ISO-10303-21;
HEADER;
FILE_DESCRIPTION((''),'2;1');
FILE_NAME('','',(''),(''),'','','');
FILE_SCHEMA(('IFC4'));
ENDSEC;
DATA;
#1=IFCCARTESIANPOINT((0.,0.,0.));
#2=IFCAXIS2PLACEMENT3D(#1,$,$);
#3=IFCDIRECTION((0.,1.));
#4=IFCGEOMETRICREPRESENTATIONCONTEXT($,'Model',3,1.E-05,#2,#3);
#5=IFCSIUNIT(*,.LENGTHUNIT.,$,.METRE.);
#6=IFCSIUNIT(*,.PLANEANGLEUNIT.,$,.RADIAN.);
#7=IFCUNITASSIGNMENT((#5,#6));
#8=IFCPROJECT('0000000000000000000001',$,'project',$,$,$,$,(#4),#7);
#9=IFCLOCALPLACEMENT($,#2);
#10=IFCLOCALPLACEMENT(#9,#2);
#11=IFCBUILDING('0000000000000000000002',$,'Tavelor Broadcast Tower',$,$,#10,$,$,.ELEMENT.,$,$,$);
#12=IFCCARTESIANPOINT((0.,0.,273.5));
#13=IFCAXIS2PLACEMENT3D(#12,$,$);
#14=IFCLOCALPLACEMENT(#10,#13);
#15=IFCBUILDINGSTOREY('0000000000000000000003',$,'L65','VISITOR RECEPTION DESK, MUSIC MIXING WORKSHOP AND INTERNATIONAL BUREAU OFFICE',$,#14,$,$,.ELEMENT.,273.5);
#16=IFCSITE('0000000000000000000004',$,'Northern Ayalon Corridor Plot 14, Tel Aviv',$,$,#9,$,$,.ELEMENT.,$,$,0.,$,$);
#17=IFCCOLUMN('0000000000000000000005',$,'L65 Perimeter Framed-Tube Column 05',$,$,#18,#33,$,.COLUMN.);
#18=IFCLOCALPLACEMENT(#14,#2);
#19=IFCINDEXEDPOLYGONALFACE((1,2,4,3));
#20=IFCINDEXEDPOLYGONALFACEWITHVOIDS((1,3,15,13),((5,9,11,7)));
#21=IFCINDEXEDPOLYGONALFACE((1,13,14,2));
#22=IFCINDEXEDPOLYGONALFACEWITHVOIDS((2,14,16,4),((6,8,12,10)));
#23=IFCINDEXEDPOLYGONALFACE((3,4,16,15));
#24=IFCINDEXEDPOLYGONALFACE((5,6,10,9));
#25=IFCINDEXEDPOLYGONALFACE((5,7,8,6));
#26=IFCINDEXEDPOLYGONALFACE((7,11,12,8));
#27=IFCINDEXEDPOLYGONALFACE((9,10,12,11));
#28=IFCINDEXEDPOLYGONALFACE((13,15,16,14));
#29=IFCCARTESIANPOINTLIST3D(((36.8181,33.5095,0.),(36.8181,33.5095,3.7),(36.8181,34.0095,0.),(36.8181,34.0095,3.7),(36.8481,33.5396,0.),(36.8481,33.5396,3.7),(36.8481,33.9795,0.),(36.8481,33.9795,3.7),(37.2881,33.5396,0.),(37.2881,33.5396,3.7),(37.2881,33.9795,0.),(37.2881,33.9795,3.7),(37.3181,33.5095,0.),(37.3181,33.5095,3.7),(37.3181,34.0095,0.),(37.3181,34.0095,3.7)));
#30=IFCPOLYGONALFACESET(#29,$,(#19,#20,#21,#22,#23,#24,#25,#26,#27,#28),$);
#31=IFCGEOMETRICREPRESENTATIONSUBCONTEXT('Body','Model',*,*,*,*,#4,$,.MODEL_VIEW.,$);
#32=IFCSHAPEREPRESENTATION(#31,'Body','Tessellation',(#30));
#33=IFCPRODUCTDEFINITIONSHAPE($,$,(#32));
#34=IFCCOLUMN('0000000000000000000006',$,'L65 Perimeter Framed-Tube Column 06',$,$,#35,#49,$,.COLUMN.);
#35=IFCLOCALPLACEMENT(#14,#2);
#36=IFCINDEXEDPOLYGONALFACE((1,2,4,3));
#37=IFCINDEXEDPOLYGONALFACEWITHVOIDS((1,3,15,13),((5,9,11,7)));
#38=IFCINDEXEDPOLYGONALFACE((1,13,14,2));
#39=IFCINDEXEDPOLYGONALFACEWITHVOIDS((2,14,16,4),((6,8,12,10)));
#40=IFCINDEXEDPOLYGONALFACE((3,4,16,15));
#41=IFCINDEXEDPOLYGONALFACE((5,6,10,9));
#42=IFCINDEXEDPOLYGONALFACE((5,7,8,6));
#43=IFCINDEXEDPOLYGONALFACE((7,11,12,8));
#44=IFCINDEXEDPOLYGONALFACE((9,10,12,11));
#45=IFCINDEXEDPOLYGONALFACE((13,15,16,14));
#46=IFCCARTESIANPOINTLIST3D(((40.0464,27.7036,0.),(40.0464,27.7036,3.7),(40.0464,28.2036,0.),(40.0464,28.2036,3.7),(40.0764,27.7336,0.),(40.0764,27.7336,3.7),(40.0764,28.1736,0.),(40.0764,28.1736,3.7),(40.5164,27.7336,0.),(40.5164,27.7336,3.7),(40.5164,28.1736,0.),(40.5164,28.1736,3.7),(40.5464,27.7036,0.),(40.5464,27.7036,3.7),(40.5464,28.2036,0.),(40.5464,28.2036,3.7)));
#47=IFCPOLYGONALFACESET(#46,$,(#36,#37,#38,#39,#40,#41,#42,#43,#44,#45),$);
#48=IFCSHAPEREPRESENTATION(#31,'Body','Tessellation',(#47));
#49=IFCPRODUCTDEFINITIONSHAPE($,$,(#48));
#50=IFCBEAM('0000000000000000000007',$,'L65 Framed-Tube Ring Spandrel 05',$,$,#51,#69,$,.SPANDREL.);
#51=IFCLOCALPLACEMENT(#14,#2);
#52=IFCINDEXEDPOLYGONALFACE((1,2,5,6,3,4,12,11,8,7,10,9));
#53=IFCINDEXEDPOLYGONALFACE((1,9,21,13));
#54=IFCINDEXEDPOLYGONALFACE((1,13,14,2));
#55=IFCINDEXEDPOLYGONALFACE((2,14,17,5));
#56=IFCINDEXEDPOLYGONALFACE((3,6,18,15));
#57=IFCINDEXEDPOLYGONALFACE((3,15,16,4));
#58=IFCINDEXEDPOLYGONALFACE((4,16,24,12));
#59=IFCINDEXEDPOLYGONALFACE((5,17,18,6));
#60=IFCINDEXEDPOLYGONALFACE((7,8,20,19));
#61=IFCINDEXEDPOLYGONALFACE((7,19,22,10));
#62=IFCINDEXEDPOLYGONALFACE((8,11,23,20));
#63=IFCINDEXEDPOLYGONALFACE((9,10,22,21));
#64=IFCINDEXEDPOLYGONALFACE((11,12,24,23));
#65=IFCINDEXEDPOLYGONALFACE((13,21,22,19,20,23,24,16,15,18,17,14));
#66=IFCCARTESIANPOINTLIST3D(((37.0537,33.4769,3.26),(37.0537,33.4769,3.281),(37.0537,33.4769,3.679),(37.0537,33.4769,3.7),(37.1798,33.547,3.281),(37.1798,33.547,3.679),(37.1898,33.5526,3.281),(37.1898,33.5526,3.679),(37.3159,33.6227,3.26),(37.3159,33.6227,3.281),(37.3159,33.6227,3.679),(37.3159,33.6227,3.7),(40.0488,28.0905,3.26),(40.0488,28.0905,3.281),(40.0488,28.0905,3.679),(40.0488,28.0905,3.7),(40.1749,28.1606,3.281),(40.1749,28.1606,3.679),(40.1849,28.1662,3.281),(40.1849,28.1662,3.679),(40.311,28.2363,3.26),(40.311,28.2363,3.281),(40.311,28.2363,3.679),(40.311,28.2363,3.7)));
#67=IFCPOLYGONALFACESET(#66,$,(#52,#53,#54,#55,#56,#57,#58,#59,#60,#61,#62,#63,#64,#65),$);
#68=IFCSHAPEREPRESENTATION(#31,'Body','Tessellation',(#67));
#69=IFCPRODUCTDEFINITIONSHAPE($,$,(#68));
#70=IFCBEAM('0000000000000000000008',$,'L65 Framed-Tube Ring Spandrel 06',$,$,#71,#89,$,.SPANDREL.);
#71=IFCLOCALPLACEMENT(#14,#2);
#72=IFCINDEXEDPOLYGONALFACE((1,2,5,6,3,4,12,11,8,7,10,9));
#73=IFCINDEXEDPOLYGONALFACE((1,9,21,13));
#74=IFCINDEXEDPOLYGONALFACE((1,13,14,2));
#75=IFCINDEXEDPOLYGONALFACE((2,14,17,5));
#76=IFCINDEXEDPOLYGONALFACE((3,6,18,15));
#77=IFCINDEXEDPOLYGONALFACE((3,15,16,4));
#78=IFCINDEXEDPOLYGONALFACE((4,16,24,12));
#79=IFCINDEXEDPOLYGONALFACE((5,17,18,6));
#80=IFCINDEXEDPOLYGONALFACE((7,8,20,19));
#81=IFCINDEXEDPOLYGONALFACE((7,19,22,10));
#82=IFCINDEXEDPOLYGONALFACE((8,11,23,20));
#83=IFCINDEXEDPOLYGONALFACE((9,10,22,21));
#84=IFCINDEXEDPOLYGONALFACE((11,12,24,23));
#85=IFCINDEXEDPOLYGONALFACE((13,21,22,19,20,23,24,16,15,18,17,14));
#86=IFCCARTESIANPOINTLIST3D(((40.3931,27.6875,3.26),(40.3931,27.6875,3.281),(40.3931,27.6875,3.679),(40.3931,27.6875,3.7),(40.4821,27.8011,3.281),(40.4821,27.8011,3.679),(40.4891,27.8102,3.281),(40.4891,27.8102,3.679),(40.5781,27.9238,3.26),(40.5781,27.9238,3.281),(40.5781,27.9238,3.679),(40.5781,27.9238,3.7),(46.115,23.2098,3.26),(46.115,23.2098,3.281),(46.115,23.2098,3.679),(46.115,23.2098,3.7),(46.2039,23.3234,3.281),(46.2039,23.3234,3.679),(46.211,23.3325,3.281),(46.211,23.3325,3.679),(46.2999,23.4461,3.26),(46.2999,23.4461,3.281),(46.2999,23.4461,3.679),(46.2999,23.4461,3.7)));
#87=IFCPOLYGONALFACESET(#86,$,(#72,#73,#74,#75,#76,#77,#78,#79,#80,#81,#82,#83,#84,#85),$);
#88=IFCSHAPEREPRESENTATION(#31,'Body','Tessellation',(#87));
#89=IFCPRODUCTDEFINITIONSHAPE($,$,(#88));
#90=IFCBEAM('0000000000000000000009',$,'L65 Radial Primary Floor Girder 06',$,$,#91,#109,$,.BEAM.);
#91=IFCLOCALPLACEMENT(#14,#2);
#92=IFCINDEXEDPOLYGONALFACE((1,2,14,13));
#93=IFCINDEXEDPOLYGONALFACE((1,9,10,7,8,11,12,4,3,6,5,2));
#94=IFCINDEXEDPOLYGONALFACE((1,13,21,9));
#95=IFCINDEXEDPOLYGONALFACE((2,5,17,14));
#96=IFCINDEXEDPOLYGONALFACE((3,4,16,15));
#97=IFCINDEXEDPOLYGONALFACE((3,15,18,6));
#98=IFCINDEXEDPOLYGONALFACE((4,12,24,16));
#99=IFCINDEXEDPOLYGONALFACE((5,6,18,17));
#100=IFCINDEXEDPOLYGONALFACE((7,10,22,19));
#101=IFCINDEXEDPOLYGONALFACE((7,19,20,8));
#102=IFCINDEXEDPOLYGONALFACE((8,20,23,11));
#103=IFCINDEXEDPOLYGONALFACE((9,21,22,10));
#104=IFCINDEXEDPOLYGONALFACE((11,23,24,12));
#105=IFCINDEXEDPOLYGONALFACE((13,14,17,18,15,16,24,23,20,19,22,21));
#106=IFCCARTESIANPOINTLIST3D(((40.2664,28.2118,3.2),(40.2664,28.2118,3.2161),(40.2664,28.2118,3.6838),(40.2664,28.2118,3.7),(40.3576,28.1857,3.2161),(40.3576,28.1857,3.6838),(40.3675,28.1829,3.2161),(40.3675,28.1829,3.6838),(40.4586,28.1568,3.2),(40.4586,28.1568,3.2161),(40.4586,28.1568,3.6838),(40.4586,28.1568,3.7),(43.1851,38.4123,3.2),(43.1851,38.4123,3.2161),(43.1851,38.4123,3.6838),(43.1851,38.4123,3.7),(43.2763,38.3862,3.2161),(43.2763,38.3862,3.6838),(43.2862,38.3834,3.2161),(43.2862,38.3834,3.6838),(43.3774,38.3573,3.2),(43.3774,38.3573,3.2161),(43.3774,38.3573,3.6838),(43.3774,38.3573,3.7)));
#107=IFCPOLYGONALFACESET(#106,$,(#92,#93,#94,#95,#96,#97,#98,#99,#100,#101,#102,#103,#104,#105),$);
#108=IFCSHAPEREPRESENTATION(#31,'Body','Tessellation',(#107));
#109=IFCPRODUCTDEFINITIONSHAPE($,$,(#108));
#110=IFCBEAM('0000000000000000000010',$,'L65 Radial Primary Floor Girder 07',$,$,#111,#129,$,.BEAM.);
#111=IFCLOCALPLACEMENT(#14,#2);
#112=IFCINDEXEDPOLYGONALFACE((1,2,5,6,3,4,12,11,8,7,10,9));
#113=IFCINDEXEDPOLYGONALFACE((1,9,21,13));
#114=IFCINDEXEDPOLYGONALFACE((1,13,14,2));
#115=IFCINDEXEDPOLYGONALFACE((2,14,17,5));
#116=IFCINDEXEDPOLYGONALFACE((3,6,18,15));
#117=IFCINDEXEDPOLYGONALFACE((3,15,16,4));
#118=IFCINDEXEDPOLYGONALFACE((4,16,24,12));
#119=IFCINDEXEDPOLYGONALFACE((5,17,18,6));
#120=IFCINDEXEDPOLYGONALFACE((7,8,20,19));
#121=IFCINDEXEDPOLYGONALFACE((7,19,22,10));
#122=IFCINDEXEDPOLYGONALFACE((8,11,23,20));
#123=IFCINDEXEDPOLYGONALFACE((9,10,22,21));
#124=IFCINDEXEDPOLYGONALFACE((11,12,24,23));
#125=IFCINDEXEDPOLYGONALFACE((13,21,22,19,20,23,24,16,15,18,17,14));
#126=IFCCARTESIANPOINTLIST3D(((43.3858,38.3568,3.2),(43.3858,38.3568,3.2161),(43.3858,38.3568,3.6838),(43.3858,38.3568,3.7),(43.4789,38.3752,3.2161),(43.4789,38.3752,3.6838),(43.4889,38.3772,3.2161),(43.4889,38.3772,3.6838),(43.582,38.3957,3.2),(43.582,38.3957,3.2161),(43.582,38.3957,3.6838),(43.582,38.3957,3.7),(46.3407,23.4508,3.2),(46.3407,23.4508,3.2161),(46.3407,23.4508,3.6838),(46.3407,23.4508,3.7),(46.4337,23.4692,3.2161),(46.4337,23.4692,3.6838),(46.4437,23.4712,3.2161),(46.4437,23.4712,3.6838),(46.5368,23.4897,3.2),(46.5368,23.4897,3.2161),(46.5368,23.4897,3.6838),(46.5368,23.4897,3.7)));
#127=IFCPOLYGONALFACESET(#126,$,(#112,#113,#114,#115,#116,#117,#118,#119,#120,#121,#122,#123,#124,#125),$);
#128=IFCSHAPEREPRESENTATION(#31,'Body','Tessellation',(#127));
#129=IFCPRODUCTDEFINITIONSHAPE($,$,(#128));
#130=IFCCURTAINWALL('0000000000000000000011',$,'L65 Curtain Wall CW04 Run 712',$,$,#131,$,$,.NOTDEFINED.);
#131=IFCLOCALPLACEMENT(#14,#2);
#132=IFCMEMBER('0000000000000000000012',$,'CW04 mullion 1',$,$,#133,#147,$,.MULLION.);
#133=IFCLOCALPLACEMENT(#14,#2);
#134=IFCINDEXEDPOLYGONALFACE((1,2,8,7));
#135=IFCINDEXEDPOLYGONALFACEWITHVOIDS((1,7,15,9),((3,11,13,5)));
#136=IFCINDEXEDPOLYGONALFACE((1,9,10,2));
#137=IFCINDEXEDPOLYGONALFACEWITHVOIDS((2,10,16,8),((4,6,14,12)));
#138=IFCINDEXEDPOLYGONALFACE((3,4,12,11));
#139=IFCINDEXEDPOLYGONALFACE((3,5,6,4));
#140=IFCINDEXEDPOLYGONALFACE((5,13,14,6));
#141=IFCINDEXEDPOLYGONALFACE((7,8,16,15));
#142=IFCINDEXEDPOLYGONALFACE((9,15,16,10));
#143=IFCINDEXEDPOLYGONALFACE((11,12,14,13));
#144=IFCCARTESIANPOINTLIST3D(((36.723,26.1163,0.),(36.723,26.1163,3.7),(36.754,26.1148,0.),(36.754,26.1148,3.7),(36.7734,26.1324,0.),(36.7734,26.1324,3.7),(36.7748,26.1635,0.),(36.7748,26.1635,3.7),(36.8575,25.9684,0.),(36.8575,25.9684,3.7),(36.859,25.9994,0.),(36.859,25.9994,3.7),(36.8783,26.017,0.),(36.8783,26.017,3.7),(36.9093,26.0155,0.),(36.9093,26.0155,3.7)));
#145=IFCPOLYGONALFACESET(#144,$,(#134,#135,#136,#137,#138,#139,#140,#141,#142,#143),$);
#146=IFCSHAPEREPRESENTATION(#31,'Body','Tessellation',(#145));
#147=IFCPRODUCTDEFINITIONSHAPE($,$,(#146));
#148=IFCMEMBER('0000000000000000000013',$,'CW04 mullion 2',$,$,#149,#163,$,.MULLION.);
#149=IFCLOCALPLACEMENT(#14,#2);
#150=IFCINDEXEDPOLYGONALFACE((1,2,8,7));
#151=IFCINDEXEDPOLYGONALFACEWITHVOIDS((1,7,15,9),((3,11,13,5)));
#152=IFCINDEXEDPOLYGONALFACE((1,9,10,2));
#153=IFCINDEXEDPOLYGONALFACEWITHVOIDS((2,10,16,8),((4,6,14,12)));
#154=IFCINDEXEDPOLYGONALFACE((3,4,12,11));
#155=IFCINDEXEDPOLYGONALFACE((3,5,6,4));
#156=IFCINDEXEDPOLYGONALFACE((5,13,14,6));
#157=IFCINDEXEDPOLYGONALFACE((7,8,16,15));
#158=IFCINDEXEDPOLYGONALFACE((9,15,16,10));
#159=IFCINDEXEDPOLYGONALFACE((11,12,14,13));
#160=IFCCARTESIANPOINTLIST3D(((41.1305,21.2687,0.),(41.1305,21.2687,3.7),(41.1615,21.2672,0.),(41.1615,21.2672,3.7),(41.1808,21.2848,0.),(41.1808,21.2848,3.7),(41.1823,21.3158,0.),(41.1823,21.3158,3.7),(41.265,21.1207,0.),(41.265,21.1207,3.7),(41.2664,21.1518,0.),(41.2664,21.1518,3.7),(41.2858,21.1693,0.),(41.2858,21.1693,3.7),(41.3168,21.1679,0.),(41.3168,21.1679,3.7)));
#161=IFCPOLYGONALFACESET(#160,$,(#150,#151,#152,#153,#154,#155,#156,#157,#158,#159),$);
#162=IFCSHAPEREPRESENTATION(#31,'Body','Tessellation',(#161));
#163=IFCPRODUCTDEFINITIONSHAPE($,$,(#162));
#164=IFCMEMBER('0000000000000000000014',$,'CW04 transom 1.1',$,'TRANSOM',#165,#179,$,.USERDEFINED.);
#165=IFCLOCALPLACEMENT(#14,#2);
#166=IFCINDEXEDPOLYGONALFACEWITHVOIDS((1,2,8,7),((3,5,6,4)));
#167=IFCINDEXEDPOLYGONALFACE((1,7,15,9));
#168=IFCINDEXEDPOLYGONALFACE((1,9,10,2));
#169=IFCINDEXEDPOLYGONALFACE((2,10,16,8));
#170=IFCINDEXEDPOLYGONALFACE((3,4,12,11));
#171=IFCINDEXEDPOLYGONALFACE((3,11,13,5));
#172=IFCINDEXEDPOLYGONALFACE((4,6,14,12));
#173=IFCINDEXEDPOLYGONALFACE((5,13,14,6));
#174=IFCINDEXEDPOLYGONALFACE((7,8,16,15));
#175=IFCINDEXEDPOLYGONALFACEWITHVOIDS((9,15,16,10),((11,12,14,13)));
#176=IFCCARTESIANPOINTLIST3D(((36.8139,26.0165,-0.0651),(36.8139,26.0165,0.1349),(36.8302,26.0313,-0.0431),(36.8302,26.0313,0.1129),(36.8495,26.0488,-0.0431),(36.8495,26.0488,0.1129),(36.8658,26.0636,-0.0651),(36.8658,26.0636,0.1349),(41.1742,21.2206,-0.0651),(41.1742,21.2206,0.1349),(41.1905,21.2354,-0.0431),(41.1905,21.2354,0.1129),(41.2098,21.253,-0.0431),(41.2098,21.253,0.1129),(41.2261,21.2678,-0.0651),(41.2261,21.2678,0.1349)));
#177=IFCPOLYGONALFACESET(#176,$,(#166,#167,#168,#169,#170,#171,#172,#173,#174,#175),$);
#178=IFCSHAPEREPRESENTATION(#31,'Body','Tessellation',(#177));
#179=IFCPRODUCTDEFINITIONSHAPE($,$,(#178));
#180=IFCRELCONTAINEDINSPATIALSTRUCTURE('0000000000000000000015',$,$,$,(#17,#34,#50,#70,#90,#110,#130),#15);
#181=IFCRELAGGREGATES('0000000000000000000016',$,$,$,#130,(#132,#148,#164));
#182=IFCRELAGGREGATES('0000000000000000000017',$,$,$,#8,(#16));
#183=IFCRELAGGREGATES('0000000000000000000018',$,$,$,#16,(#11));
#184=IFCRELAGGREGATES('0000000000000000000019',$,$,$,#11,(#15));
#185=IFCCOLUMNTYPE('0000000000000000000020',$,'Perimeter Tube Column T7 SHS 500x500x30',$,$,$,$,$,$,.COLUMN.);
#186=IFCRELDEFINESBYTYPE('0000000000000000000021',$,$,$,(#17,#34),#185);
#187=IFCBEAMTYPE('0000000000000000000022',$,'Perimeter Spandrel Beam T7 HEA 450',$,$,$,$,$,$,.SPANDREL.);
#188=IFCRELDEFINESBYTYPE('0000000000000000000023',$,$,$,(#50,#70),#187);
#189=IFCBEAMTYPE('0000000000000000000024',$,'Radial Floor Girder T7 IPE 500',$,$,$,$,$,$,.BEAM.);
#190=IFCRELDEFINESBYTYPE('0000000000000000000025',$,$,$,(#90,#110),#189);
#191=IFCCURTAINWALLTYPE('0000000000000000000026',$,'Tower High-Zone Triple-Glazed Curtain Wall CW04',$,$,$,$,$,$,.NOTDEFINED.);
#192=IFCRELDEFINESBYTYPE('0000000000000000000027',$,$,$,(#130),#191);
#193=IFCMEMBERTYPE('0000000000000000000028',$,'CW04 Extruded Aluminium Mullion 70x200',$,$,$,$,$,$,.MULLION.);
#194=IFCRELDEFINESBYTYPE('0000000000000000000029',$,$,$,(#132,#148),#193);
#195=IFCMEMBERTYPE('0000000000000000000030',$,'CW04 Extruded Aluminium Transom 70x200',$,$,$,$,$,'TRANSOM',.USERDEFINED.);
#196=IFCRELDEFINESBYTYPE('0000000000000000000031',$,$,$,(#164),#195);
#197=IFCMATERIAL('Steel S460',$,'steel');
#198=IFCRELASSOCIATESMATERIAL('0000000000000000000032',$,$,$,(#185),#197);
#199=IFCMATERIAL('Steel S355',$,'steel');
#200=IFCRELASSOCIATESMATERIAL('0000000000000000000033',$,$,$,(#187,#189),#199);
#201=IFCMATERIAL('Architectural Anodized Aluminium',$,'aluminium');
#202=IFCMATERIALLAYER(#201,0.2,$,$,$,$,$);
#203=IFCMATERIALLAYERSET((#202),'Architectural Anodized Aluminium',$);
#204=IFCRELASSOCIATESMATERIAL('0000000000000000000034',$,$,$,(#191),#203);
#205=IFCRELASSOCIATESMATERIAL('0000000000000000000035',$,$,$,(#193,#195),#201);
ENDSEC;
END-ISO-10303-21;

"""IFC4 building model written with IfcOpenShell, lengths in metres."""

from ifc_helpers import new_model, si_unit, direction, frame, origin, origin_2d, place, context, subcontext, project, spatial, hollow_rectangle, i_section, extrude, source, transform, mapped, material, layer, layer_set, material_profile, profile_set, type_object, type_shapes, element, aggregate, save


model = new_model("IFC4")

# Units and contexts
model_context = context("Model", 3, precision=1e-05, world=origin(), true_north=direction((0.0, 1.0)))
body_context = subcontext(model_context, "Body", "Model", "MODEL_VIEW")
ifc_project = project(units=[si_unit("LENGTHUNIT", "METRE"), si_unit("PLANEANGLEUNIT", "RADIAN")], contexts=[model_context])

# Site, building, storey
site_placement = place(None, origin())
site = spatial("IfcSite", under=ifc_project, at=site_placement, Name="Northern Ayalon Corridor Plot 14, Tel Aviv", CompositionType="ELEMENT", RefElevation=0.0)
building_placement = place(site_placement, origin())
building = spatial("IfcBuilding", under=site, at=building_placement, Name="Tavelor Broadcast Tower", CompositionType="ELEMENT")
storey_placement = place(building_placement, frame((0.0, 0.0, 273.5)))
storey = spatial("IfcBuildingStorey", under=building, at=storey_placement, Name="L65", Description="VISITOR RECEPTION DESK, MUSIC MIXING WORKSHOP AND INTERNATIONAL BUREAU OFFICE", CompositionType="ELEMENT", Elevation=273.5)

# Columns
ifc_material_1 = material(Name="Steel S460", Category="steel")
ifc_material_profile_1 = material_profile(ifc_material_1, hollow_rectangle(XDim=0.5, YDim=0.5, WallThickness=0.03, at=origin_2d()), Name="SHS 500x500x30")
ifc_profile_set_1 = profile_set([ifc_material_profile_1], Name="Steel S460")
column_type = type_object("IfcColumnType", Name="Perimeter Tube Column T7 SHS 500x500x30", PredefinedType="COLUMN", material=ifc_profile_set_1)
for number, where, z_axis, x_axis, name in (
    (1, (37.0681, 33.7595, 0.0), (0.0, 0.0, 1.0), (1.0, 0.0, 0.0), "L65 Perimeter Framed-Tube Column 05"),
    (2, (40.2964, 27.9536, 0.0), (0.0, 0.0, 1.0), (1.0, 0.0, 0.0), "L65 Perimeter Framed-Tube Column 06"),
):
    element("IfcColumn", number, at=place(storey_placement, frame(where, z_axis=z_axis, x_axis=x_axis)), inside=storey, type_object=column_type, Name=name, PredefinedType="COLUMN", context=body_context, shape_type="SweptSolid", body=[
        extrude(hollow_rectangle(XDim=0.5, YDim=0.5, WallThickness=0.03, at=origin_2d()), origin(), (0.0, 0.0, 1.0), 3.7),
    ])

# Beams
ifc_material_2 = material(Name="Steel S355", Category="steel")
ifc_material_profile_2 = material_profile(ifc_material_2, i_section(OverallWidth=0.3, OverallDepth=0.4399, WebThickness=0.0115, FlangeThickness=0.021, at=origin_2d()), Name="HEA 450")
ifc_profile_set_2 = profile_set([ifc_material_profile_2], Name="Steel S355")
beam_type_1 = type_object("IfcBeamType", Name="Perimeter Spandrel Beam T7 HEA 450", PredefinedType="SPANDREL", material=ifc_profile_set_2)
beam_1_placement = place(storey_placement, frame((37.1848, 33.5498, 3.48), z_axis=(0.485969, -0.873976, 0.0), x_axis=(0.873976, 0.485969, 0.0)))
element("IfcBeam", 3, at=beam_1_placement, inside=storey, type_object=beam_type_1, Name="L65 Framed-Tube Ring Spandrel 05", PredefinedType="SPANDREL", context=body_context, shape_type="SweptSolid", body=[
    extrude(i_section(OverallWidth=0.3, OverallDepth=0.4399, WebThickness=0.0115, FlangeThickness=0.021, at=origin_2d()), origin(), (0.0, 0.0, 1.0), 6.1631),
])
beam_2_placement = place(storey_placement, frame((40.4856, 27.8057, 3.48), z_axis=(0.787521, -0.616287, 0.0), x_axis=(0.616287, 0.787521, 0.0)))
element("IfcBeam", 4, at=beam_2_placement, inside=storey, type_object=beam_type_1, Name="L65 Framed-Tube Ring Spandrel 06", PredefinedType="SPANDREL", context=body_context, shape_type="SweptSolid", body=[
    extrude(i_section(OverallWidth=0.3, OverallDepth=0.4399, WebThickness=0.0115, FlangeThickness=0.021, at=origin_2d()), origin(), (0.0, 0.0, 1.0), 7.2656),
])
ifc_material_profile_3 = material_profile(ifc_material_2, i_section(OverallWidth=0.2, OverallDepth=0.5, WebThickness=0.0103, FlangeThickness=0.0161, at=origin_2d()), Name="IPE 500")
ifc_profile_set_3 = profile_set([ifc_material_profile_3], Name="Steel S355")
beam_type_2 = type_object("IfcBeamType", Name="Radial Floor Girder T7 IPE 500", PredefinedType="BEAM", material=ifc_profile_set_3)
beam_3_placement = place(storey_placement, frame((43.2812, 38.3848, 3.45), z_axis=(-0.275095, -0.961417, 0.0), x_axis=(0.961417, -0.275095, 0.0)))
element("IfcBeam", 5, at=beam_3_placement, inside=storey, type_object=beam_type_2, Name="L65 Radial Primary Floor Girder 06", PredefinedType="BEAM", context=body_context, shape_type="SweptSolid", body=[
    extrude(i_section(OverallWidth=0.2, OverallDepth=0.5, WebThickness=0.0103, FlangeThickness=0.0161, at=origin_2d()), origin(), (0.0, 0.0, 1.0), 10.6099),
])
beam_4_placement = place(storey_placement, frame((43.4839, 38.3762, 3.45), z_axis=(0.194447, -0.980913, 0.0), x_axis=(0.980913, 0.194447, 0.0)))
element("IfcBeam", 6, at=beam_4_placement, inside=storey, type_object=beam_type_2, Name="L65 Radial Primary Floor Girder 07", PredefinedType="BEAM", context=body_context, shape_type="SweptSolid", body=[
    extrude(i_section(OverallWidth=0.2, OverallDepth=0.5, WebThickness=0.0103, FlangeThickness=0.0161, at=origin_2d()), origin(), (0.0, 0.0, 1.0), 15.196),
])

# Curtain wall, members
ifc_material_3 = material(Name="Architectural Anodized Aluminium", Category="aluminium")
ifc_layer_1 = layer(ifc_material_3, 0.2)
ifc_layer_set_1 = layer_set([ifc_layer_1], Name="Architectural Anodized Aluminium")
curtain_wall_type = type_object("IfcCurtainWallType", Name="Tower High-Zone Triple-Glazed Curtain Wall CW04", PredefinedType="NOTDEFINED", material=ifc_layer_set_1)
curtain_wall_placement = place(storey_placement, origin())
curtain_wall = element("IfcCurtainWall", 7, at=curtain_wall_placement, inside=storey, type_object=curtain_wall_type, Name="L65 Curtain Wall CW04 Run 712", PredefinedType="NOTDEFINED")
ifc_material_profile_4 = material_profile(ifc_material_3, hollow_rectangle(XDim=0.0701, YDim=0.2, WallThickness=0.022, at=origin_2d()), Name="RHS 70x200x22")
ifc_profile_set_4 = profile_set([ifc_material_profile_4], Name="Architectural Anodized Aluminium")
member_type_1 = type_object("IfcMemberType", Name="CW04 Extruded Aluminium Mullion 70x200", PredefinedType="MULLION", material=ifc_profile_set_4)
shared_shape_1 = source(origin(), body_context, "Body", "SweptSolid", [
    extrude(hollow_rectangle(XDim=0.0701, YDim=0.2, WallThickness=0.022, at=origin_2d()), origin(), (0.0, 0.0, 1.0), 3.7),
])
type_shapes(member_type_1, [shared_shape_1])
member_1_placement = place(storey_placement, frame((36.8162, 26.0659, 0.0), z_axis=(0.0, 0.0, 1.0), x_axis=(0.739916, 0.672699, 0.0)))
member_1 = element("IfcMember", 8, at=member_1_placement, type_object=member_type_1, Name="CW04 mullion 1", PredefinedType="MULLION", context=body_context, shape_type="MappedRepresentation", body=[
    mapped(shared_shape_1, transform((0.0, 0.0, 0.0), scale=1.0)),
])
member_2_placement = place(storey_placement, frame((41.2236, 21.2183, 0.0), z_axis=(0.0, 0.0, 1.0), x_axis=(0.739916, 0.672699, 0.0)))
member_2 = element("IfcMember", 9, at=member_2_placement, type_object=member_type_1, Name="CW04 mullion 2", PredefinedType="MULLION", context=body_context, shape_type="MappedRepresentation", body=[
    mapped(shared_shape_1, transform((0.0, 0.0, 0.0), scale=1.0)),
])
ifc_material_profile_5 = material_profile(ifc_material_3, hollow_rectangle(XDim=0.0701, YDim=0.2, WallThickness=0.022, at=origin_2d()), Name="RHS 70x200x22")
ifc_profile_set_5 = profile_set([ifc_material_profile_5], Name="Architectural Anodized Aluminium")
member_type_2 = type_object("IfcMemberType", Name="CW04 Extruded Aluminium Transom 70x200", ElementType="TRANSOM", PredefinedType="USERDEFINED", material=ifc_profile_set_5)
shared_shape_2 = source(origin(), body_context, "Body", "SweptSolid", [
    extrude(hollow_rectangle(XDim=0.0701, YDim=0.2, WallThickness=0.022, at=origin_2d()), origin(), (0.0, 0.0, 1.0), 6.4817),
])
type_shapes(member_type_2, [shared_shape_2])
member_3_placement = place(storey_placement, frame((36.8398, 26.04, 0.0349), z_axis=(0.67271, -0.739906, 0.0), x_axis=(0.739906, 0.67271, 0.0)))
member_3 = element("IfcMember", 10, at=member_3_placement, type_object=member_type_2, Name="CW04 transom 1.1", ObjectType="TRANSOM", PredefinedType="USERDEFINED", context=body_context, shape_type="MappedRepresentation", body=[
    mapped(shared_shape_2, transform((0.0, 0.0, 0.0), scale=1.0)),
])

aggregate(curtain_wall, [member_1, member_2, member_3])

save(model, "model.ifc")
